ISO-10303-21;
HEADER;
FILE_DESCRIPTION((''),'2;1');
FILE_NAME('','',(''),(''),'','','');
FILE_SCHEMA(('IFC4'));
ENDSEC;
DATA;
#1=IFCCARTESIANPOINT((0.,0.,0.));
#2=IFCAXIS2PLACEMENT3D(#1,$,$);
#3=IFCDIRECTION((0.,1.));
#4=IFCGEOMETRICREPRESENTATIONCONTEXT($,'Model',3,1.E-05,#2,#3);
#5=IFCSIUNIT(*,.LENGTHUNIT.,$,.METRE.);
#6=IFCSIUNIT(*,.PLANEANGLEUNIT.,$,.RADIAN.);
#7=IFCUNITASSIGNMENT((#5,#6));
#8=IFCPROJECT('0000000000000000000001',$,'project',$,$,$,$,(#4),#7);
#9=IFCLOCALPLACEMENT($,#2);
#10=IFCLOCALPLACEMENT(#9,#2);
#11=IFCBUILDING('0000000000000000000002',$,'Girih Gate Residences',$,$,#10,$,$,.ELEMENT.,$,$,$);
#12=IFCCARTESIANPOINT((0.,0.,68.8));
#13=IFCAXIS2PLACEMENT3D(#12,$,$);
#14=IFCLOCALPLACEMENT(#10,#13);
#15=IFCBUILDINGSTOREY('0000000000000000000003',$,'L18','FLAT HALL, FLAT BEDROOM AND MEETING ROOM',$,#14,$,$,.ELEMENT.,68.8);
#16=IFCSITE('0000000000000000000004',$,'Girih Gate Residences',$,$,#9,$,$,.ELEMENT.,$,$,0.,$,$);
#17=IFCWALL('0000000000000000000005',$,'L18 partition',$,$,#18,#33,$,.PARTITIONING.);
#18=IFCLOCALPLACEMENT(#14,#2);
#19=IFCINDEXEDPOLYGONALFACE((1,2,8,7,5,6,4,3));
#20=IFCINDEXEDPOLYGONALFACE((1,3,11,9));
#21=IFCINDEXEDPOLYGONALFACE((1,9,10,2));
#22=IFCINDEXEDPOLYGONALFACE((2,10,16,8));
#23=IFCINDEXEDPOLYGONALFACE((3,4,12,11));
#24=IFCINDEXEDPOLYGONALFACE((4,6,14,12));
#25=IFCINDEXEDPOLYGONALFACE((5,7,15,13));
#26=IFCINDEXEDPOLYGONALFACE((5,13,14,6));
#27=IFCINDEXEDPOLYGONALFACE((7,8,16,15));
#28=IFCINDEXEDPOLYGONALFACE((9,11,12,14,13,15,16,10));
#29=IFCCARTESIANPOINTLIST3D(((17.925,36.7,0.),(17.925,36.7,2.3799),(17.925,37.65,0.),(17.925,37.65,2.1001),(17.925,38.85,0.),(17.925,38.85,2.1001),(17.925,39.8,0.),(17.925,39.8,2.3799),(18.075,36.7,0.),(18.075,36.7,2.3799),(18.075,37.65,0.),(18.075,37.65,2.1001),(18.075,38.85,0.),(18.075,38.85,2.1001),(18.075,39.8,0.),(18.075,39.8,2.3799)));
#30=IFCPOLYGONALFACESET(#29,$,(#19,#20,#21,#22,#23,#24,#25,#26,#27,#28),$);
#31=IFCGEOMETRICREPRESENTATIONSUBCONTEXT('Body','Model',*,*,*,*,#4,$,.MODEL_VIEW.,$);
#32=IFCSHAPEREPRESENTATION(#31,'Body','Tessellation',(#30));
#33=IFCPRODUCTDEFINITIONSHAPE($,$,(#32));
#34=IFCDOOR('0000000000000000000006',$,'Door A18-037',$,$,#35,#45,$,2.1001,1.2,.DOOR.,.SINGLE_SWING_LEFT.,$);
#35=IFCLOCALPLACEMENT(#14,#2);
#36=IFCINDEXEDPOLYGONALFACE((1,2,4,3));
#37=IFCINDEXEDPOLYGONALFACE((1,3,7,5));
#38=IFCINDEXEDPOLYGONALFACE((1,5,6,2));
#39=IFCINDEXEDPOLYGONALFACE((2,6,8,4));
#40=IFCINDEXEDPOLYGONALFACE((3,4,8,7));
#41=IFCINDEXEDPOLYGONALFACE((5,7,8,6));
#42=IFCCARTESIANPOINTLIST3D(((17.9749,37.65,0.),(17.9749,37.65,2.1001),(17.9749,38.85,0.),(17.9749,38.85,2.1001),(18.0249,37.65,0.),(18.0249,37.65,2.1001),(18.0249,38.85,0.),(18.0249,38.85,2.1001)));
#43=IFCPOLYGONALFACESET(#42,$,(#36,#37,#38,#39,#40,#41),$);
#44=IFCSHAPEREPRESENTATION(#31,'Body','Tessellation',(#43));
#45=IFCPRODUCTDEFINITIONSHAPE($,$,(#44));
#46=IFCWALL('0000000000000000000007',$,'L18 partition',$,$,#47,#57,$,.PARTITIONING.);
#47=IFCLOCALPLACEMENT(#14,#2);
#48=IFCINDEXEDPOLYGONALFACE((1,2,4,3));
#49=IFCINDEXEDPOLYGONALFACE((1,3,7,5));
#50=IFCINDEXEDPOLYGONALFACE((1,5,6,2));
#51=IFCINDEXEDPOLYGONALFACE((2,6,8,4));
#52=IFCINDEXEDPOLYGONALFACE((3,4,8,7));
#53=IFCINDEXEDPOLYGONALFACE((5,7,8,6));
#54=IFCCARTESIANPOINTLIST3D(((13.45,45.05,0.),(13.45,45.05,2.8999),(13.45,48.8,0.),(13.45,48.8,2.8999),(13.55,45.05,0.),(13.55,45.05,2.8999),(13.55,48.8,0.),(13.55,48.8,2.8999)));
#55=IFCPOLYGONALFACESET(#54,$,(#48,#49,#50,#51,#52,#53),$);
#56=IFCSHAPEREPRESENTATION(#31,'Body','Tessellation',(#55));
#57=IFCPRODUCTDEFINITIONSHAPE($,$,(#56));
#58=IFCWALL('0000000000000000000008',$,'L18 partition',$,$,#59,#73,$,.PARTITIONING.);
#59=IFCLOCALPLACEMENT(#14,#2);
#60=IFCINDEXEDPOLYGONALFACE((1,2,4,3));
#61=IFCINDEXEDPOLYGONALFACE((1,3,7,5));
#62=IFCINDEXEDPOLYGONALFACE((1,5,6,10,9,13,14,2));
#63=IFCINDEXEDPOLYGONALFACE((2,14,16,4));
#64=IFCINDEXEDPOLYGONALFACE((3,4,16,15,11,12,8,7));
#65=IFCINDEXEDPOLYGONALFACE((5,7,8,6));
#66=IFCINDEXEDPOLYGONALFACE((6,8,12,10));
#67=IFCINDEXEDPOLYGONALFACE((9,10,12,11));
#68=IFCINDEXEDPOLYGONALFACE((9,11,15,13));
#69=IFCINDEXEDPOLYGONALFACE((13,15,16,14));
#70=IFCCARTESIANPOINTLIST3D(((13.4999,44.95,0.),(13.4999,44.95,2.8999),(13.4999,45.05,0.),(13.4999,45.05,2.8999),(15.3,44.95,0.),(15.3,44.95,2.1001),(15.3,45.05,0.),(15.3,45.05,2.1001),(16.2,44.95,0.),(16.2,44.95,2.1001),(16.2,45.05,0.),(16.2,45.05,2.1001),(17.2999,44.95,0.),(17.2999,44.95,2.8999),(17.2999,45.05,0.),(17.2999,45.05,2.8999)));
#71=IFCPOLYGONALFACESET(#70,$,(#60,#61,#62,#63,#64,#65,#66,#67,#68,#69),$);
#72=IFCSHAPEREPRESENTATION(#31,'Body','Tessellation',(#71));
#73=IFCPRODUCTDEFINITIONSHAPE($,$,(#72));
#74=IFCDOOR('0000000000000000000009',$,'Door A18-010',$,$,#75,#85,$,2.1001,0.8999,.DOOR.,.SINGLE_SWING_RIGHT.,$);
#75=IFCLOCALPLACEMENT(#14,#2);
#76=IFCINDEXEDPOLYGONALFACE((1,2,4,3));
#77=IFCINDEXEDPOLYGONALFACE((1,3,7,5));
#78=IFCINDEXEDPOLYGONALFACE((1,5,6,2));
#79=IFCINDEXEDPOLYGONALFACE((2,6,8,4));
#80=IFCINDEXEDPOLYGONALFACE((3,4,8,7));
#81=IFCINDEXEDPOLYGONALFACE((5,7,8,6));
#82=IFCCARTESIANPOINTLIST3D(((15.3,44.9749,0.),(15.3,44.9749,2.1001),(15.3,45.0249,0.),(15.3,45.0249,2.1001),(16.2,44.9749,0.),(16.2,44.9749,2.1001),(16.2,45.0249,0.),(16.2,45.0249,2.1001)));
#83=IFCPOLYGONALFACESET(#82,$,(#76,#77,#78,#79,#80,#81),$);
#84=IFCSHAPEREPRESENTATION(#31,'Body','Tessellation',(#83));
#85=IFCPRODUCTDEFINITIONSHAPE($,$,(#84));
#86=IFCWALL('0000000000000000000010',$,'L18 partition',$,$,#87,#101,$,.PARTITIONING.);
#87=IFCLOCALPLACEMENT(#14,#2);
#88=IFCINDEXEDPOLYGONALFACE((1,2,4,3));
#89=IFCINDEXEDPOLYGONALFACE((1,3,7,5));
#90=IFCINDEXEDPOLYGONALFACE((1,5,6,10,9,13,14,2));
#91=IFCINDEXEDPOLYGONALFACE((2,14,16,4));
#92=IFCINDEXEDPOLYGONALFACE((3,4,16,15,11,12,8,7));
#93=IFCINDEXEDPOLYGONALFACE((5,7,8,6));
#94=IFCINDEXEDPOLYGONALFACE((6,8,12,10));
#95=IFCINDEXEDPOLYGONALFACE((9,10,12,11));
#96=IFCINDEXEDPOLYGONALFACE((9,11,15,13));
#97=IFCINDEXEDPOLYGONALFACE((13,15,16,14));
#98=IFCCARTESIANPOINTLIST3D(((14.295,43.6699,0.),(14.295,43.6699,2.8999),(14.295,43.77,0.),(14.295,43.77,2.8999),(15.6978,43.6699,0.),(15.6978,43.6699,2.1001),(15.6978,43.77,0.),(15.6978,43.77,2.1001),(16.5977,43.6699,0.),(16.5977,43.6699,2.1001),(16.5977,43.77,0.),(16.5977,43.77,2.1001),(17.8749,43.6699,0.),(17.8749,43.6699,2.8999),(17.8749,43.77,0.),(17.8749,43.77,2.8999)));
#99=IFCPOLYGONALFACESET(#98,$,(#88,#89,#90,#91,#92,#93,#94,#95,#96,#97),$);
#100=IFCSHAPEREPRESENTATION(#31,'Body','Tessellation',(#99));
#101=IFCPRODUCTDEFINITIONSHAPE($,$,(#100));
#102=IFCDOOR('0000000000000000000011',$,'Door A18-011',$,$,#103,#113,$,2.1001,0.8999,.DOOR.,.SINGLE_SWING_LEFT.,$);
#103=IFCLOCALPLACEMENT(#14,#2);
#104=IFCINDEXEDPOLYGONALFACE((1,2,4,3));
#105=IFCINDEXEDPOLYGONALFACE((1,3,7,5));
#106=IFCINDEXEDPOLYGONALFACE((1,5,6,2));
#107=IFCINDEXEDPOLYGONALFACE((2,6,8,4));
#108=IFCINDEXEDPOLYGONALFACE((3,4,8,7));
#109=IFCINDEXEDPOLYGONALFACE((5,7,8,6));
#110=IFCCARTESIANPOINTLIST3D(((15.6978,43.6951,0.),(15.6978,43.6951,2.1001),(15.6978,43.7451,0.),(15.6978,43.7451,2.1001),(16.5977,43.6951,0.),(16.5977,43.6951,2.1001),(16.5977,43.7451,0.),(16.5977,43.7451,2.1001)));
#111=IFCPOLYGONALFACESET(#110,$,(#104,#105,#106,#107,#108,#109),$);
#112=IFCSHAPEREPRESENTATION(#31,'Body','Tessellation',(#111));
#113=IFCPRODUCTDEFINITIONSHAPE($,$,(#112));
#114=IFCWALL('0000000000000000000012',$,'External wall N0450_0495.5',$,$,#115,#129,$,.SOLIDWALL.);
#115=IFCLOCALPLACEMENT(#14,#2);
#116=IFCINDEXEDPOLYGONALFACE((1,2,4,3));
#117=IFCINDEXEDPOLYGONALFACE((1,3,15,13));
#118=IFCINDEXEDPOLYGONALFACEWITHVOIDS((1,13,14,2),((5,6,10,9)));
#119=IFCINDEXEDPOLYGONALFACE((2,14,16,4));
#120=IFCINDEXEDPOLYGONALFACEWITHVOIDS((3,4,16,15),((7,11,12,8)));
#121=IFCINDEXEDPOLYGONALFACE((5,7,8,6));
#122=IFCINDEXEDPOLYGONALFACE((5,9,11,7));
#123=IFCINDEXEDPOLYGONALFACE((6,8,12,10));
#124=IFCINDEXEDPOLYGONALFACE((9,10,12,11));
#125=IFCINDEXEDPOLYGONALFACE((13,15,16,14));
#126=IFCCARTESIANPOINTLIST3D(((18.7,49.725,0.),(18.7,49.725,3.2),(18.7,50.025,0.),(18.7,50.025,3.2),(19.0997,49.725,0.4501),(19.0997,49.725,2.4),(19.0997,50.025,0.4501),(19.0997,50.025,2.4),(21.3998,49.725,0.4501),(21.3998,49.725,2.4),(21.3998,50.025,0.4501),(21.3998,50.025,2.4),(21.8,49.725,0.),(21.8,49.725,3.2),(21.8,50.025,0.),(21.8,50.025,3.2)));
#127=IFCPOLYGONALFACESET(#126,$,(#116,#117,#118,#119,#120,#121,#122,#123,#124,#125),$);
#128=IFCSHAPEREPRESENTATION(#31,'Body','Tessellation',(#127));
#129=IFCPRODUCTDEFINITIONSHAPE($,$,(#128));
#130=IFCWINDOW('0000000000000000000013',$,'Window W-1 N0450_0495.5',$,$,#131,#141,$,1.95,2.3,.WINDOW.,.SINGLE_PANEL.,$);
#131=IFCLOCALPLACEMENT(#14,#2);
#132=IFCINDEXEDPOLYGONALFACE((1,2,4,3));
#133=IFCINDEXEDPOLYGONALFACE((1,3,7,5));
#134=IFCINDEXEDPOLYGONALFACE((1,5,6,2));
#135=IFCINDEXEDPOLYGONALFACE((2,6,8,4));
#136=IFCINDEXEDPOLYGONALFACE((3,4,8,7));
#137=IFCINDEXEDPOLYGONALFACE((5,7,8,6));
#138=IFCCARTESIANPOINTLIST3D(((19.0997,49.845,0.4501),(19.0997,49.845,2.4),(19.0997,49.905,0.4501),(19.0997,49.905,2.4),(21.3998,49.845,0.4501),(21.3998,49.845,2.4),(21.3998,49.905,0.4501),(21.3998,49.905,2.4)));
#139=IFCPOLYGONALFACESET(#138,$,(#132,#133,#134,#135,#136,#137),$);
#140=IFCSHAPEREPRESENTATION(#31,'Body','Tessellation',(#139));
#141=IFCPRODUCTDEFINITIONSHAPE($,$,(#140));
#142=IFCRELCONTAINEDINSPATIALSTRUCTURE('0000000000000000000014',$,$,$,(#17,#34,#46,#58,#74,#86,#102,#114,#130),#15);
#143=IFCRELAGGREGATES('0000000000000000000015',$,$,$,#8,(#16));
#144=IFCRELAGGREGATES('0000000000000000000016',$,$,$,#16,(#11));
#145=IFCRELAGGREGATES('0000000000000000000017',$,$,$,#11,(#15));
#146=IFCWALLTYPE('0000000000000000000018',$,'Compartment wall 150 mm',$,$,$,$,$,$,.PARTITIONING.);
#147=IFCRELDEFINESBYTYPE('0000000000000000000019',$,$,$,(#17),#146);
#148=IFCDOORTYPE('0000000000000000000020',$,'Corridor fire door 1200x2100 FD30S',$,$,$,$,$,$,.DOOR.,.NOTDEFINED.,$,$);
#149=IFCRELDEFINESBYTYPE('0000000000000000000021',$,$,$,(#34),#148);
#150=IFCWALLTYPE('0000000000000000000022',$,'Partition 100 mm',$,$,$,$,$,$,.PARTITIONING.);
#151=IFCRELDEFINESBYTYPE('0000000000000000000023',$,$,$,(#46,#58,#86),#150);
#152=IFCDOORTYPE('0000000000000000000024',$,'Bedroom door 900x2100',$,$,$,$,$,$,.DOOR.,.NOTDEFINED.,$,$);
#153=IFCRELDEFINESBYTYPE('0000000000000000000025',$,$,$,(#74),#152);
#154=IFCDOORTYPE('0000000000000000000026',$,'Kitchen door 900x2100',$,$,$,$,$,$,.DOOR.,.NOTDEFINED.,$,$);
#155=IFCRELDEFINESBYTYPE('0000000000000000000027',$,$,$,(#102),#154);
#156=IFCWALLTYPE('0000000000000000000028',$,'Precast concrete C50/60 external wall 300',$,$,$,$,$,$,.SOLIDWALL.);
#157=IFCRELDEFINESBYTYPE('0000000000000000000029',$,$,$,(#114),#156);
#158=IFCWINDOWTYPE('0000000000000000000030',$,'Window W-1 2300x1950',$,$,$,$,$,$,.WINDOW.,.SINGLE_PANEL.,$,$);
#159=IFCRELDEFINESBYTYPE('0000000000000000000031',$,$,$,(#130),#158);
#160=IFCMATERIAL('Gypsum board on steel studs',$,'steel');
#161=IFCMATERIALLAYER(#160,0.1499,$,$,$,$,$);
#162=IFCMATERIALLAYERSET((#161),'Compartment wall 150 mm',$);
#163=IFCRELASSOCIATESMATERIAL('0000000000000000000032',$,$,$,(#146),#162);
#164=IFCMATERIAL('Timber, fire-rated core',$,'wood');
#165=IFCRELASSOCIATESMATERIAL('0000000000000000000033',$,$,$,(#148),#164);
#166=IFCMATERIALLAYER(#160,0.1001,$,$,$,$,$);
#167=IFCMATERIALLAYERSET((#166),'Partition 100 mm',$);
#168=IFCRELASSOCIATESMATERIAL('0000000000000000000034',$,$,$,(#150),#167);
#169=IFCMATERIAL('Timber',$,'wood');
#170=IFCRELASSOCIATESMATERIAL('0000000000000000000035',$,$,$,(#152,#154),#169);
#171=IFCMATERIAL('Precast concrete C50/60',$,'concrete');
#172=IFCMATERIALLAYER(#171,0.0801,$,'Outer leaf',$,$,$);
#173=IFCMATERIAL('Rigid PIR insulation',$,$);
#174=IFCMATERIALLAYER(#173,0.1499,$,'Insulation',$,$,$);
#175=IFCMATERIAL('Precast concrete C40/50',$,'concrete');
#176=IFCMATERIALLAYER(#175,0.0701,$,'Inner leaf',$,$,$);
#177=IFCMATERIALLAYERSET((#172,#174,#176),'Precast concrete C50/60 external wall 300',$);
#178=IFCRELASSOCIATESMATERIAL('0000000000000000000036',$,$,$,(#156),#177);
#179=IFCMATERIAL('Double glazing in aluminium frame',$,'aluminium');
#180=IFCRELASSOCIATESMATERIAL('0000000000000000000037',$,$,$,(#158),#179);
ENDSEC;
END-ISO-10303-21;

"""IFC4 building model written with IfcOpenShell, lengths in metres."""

from ifc_helpers import new_model, si_unit, direction, frame, frame_2d, origin, place, context, subcontext, project, spatial, rectangle, extrude, material, layer, layer_set, type_object, element, fill, save


model = new_model("IFC4")

# Units and contexts
model_context = context("Model", 3, precision=1e-05, world=origin(), true_north=direction((0.0, 1.0)))
body_context = subcontext(model_context, "Body", "Model", "MODEL_VIEW")
ifc_project = project(units=[si_unit("LENGTHUNIT", "METRE"), si_unit("PLANEANGLEUNIT", "RADIAN")], contexts=[model_context])

# Site, building, storey
site_placement = place(None, origin())
site = spatial("IfcSite", under=ifc_project, at=site_placement, Name="Girih Gate Residences", CompositionType="ELEMENT", RefElevation=0.0)
building_placement = place(site_placement, origin())
building = spatial("IfcBuilding", under=site, at=building_placement, Name="Girih Gate Residences", CompositionType="ELEMENT")
storey_placement = place(building_placement, frame((0.0, 0.0, 68.8)))
storey = spatial("IfcBuildingStorey", under=building, at=storey_placement, Name="L18", Description="FLAT HALL, FLAT BEDROOM AND MEETING ROOM", CompositionType="ELEMENT", Elevation=68.8)

# Shared definitions
ifc_material_1 = material(Name="Gypsum board on steel studs", Category="steel")
ifc_layer_1 = layer(ifc_material_1, 0.1499)
ifc_layer_set_1 = layer_set([ifc_layer_1], Name="Compartment wall 150 mm")
wall_type_1 = type_object("IfcWallType", Name="Compartment wall 150 mm", PredefinedType="PARTITIONING", material=ifc_layer_set_1)

# Wall, opening, door
ifc_material_2 = material(Name="Timber, fire-rated core", Category="wood")
wall_1_placement = place(storey_placement, frame((18.0, 39.8, 0.0), z_axis=(0.0, 0.0, 1.0), x_axis=(0.0, -1.0, 0.0)))
wall_1 = element("IfcWall", 1, at=wall_1_placement, inside=storey, type_object=wall_type_1, Name="L18 partition", PredefinedType="PARTITIONING", context=body_context, shape_type="SweptSolid", body=[
    extrude(rectangle(XDim=3.1001, YDim=0.1499, at=frame_2d((1.55, 0.0))), origin(), (0.0, 0.0, 1.0), 2.3799),
])
opening_1_placement = place(wall_1_placement, frame((0.95, 0.0, 0.0)))
opening_1 = element("IfcOpeningElement", 2, at=opening_1_placement, cuts=wall_1, PredefinedType="OPENING", context=body_context, shape_type="SweptSolid", body=[
    extrude(rectangle(XDim=1.2, YDim=2.1001, at=frame_2d((0.6001, 1.05))), frame((0.0, 0.085, 0.0), z_axis=(0.0, -1.0, 0.0), x_axis=(1.0, 0.0, 0.0)), (0.0, 0.0, 1.0), 0.1699),
])
door_type_1 = type_object("IfcDoorType", Name="Corridor fire door 1200x2100 FD30S", OperationType="NOTDEFINED", PredefinedType="DOOR", material=ifc_material_2)
door_1_placement = place(opening_1_placement, origin())
door_1 = element("IfcDoor", 3, at=door_1_placement, inside=storey, type_object=door_type_1, Name="Door A18-037", OperationType="SINGLE_SWING_LEFT", OverallHeight=2.1001, OverallWidth=1.2, PredefinedType="DOOR", context=body_context, shape_type="SweptSolid", body=[
    extrude(rectangle(XDim=1.2, YDim=2.1001, at=frame_2d((0.6001, 1.05))), frame((0.0, 0.0249, 0.0), z_axis=(0.0, -1.0, 0.0), x_axis=(1.0, 0.0, 0.0)), (0.0, 0.0, 1.0), 0.05),
])
fill(opening_1, door_1)

# Wall
ifc_layer_2 = layer(ifc_material_1, 0.1001)
ifc_layer_set_2 = layer_set([ifc_layer_2], Name="Partition 100 mm")
wall_type_2 = type_object("IfcWallType", Name="Partition 100 mm", PredefinedType="PARTITIONING", material=ifc_layer_set_2)
wall_2_placement = place(storey_placement, frame((13.5, 45.05, 0.0), z_axis=(0.0, 0.0, 1.0), x_axis=(0.0, 1.0, 0.0)))
element("IfcWall", 4, at=wall_2_placement, inside=storey, type_object=wall_type_2, Name="L18 partition", PredefinedType="PARTITIONING", context=body_context, shape_type="SweptSolid", body=[
    extrude(rectangle(XDim=3.75, YDim=0.1001, at=frame_2d((1.875, 0.0))), origin(), (0.0, 0.0, 1.0), 2.8999),
])

# Walls, openings, doors
wall_3_placement = place(storey_placement, frame((13.5, 45.0, 0.0), z_axis=(0.0, 0.0, 1.0), x_axis=(1.0, 0.0, 0.0)))
wall_3 = element("IfcWall", 5, at=wall_3_placement, inside=storey, type_object=wall_type_2, Name="L18 partition", PredefinedType="PARTITIONING", context=body_context, shape_type="SweptSolid", body=[
    extrude(rectangle(XDim=3.8, YDim=0.1001, at=frame_2d((1.8999, 0.0))), origin(), (0.0, 0.0, 1.0), 2.8999),
])
opening_2_placement = place(wall_3_placement, frame((1.8, 0.0, 0.0)))
opening_2 = element("IfcOpeningElement", 6, at=opening_2_placement, cuts=wall_3, PredefinedType="OPENING", context=body_context, shape_type="SweptSolid", body=[
    extrude(rectangle(XDim=0.8999, YDim=2.1001, at=frame_2d((0.45, 1.05))), frame((0.0, 0.0601, 0.0), z_axis=(0.0, -1.0, 0.0), x_axis=(1.0, 0.0, 0.0)), (0.0, 0.0, 1.0), 0.1201),
])
ifc_material_3 = material(Name="Timber", Category="wood")
door_type_2 = type_object("IfcDoorType", Name="Bedroom door 900x2100", OperationType="NOTDEFINED", PredefinedType="DOOR", material=ifc_material_3)
door_2_placement = place(opening_2_placement, origin())
door_2 = element("IfcDoor", 7, at=door_2_placement, inside=storey, type_object=door_type_2, Name="Door A18-010", OperationType="SINGLE_SWING_RIGHT", OverallHeight=2.1001, OverallWidth=0.8999, PredefinedType="DOOR", context=body_context, shape_type="SweptSolid", body=[
    extrude(rectangle(XDim=0.8999, YDim=2.1001, at=frame_2d((0.45, 1.05))), frame((0.0, 0.0249, 0.0), z_axis=(0.0, -1.0, 0.0), x_axis=(1.0, 0.0, 0.0)), (0.0, 0.0, 1.0), 0.05),
])
fill(opening_2, door_2)
wall_4_placement = place(storey_placement, frame((17.875, 43.72, 0.0), z_axis=(0.0, 0.0, 1.0), x_axis=(-1.0, 0.0, 0.0)))
wall_4 = element("IfcWall", 8, at=wall_4_placement, inside=storey, type_object=wall_type_2, Name="L18 partition", PredefinedType="PARTITIONING", context=body_context, shape_type="SweptSolid", body=[
    extrude(rectangle(XDim=3.5798, YDim=0.1001, at=frame_2d((1.79, 0.0))), origin(), (0.0, 0.0, 1.0), 2.8999),
])
opening_3_placement = place(wall_4_placement, frame((1.2773, 0.0, 0.0)))
opening_3 = element("IfcOpeningElement", 9, at=opening_3_placement, cuts=wall_4, PredefinedType="OPENING", context=body_context, shape_type="SweptSolid", body=[
    extrude(rectangle(XDim=0.8999, YDim=2.1001, at=frame_2d((0.45, 1.05))), frame((0.0, 0.0601, 0.0), z_axis=(0.0, -1.0, 0.0), x_axis=(1.0, 0.0, 0.0)), (0.0, 0.0, 1.0), 0.1201),
])
door_type_3 = type_object("IfcDoorType", Name="Kitchen door 900x2100", OperationType="NOTDEFINED", PredefinedType="DOOR", material=ifc_material_3)
door_3_placement = place(opening_3_placement, origin())
door_3 = element("IfcDoor", 10, at=door_3_placement, inside=storey, type_object=door_type_3, Name="Door A18-011", OperationType="SINGLE_SWING_LEFT", OverallHeight=2.1001, OverallWidth=0.8999, PredefinedType="DOOR", context=body_context, shape_type="SweptSolid", body=[
    extrude(rectangle(XDim=0.8999, YDim=2.1001, at=frame_2d((0.45, 1.05))), frame((0.0, 0.0249, 0.0), z_axis=(0.0, -1.0, 0.0), x_axis=(1.0, 0.0, 0.0)), (0.0, 0.0, 1.0), 0.05),
])
fill(opening_3, door_3)

# Wall, opening, window
ifc_material_4 = material(Name="Precast concrete C50/60", Category="concrete")
ifc_layer_3 = layer(ifc_material_4, 0.0801, Name="Outer leaf")
ifc_material_5 = material(Name="Rigid PIR insulation")
ifc_layer_4 = layer(ifc_material_5, 0.1499, Name="Insulation")
ifc_material_6 = material(Name="Precast concrete C40/50", Category="concrete")
ifc_layer_5 = layer(ifc_material_6, 0.0701, Name="Inner leaf")
ifc_layer_set_3 = layer_set([ifc_layer_3, ifc_layer_4, ifc_layer_5], Name="Precast concrete C50/60 external wall 300")
wall_type_3 = type_object("IfcWallType", Name="Precast concrete C50/60 external wall 300", PredefinedType="SOLIDWALL", material=ifc_layer_set_3)
wall_5_placement = place(storey_placement, frame((18.7, 49.875, 0.0), z_axis=(0.0, 0.0, 1.0), x_axis=(1.0, 0.0, 0.0)))
wall_5 = element("IfcWall", 11, at=wall_5_placement, inside=storey, type_object=wall_type_3, Name="External wall N0450_0495.5", PredefinedType="SOLIDWALL", context=body_context, shape_type="SweptSolid", body=[
    extrude(rectangle(XDim=3.1001, YDim=0.3, at=frame_2d((1.55, 0.0))), origin(), (0.0, 0.0, 1.0), 3.2),
])
opening_4_placement = place(wall_5_placement, frame((0.3999, 0.0, 0.45)))
opening_4 = element("IfcOpeningElement", 12, at=opening_4_placement, cuts=wall_5, PredefinedType="OPENING", context=body_context, shape_type="SweptSolid", body=[
    extrude(rectangle(XDim=2.3, YDim=1.95, at=frame_2d((1.1499, 0.9751))), frame((0.0, 0.1599, 0.0), z_axis=(0.0, -1.0, 0.0), x_axis=(1.0, 0.0, 0.0)), (0.0, 0.0, 1.0), 0.3201),
])
ifc_material_7 = material(Name="Double glazing in aluminium frame", Category="aluminium")
window_type = type_object("IfcWindowType", Name="Window W-1 2300x1950", PartitioningType="SINGLE_PANEL", PredefinedType="WINDOW", material=ifc_material_7)
window_1_placement = place(opening_4_placement, origin())
window_1 = element("IfcWindow", 13, at=window_1_placement, inside=storey, type_object=window_type, Name="Window W-1 N0450_0495.5", OverallHeight=1.95, OverallWidth=2.3, PartitioningType="SINGLE_PANEL", PredefinedType="WINDOW", context=body_context, shape_type="SweptSolid", body=[
    extrude(rectangle(XDim=2.3, YDim=1.95, at=frame_2d((1.1499, 0.9751))), frame((0.0, 0.03, 0.0), z_axis=(0.0, -1.0, 0.0), x_axis=(1.0, 0.0, 0.0)), (0.0, 0.0, 1.0), 0.0601),
])
fill(opening_4, window_1)

save(model, "model.ifc")
